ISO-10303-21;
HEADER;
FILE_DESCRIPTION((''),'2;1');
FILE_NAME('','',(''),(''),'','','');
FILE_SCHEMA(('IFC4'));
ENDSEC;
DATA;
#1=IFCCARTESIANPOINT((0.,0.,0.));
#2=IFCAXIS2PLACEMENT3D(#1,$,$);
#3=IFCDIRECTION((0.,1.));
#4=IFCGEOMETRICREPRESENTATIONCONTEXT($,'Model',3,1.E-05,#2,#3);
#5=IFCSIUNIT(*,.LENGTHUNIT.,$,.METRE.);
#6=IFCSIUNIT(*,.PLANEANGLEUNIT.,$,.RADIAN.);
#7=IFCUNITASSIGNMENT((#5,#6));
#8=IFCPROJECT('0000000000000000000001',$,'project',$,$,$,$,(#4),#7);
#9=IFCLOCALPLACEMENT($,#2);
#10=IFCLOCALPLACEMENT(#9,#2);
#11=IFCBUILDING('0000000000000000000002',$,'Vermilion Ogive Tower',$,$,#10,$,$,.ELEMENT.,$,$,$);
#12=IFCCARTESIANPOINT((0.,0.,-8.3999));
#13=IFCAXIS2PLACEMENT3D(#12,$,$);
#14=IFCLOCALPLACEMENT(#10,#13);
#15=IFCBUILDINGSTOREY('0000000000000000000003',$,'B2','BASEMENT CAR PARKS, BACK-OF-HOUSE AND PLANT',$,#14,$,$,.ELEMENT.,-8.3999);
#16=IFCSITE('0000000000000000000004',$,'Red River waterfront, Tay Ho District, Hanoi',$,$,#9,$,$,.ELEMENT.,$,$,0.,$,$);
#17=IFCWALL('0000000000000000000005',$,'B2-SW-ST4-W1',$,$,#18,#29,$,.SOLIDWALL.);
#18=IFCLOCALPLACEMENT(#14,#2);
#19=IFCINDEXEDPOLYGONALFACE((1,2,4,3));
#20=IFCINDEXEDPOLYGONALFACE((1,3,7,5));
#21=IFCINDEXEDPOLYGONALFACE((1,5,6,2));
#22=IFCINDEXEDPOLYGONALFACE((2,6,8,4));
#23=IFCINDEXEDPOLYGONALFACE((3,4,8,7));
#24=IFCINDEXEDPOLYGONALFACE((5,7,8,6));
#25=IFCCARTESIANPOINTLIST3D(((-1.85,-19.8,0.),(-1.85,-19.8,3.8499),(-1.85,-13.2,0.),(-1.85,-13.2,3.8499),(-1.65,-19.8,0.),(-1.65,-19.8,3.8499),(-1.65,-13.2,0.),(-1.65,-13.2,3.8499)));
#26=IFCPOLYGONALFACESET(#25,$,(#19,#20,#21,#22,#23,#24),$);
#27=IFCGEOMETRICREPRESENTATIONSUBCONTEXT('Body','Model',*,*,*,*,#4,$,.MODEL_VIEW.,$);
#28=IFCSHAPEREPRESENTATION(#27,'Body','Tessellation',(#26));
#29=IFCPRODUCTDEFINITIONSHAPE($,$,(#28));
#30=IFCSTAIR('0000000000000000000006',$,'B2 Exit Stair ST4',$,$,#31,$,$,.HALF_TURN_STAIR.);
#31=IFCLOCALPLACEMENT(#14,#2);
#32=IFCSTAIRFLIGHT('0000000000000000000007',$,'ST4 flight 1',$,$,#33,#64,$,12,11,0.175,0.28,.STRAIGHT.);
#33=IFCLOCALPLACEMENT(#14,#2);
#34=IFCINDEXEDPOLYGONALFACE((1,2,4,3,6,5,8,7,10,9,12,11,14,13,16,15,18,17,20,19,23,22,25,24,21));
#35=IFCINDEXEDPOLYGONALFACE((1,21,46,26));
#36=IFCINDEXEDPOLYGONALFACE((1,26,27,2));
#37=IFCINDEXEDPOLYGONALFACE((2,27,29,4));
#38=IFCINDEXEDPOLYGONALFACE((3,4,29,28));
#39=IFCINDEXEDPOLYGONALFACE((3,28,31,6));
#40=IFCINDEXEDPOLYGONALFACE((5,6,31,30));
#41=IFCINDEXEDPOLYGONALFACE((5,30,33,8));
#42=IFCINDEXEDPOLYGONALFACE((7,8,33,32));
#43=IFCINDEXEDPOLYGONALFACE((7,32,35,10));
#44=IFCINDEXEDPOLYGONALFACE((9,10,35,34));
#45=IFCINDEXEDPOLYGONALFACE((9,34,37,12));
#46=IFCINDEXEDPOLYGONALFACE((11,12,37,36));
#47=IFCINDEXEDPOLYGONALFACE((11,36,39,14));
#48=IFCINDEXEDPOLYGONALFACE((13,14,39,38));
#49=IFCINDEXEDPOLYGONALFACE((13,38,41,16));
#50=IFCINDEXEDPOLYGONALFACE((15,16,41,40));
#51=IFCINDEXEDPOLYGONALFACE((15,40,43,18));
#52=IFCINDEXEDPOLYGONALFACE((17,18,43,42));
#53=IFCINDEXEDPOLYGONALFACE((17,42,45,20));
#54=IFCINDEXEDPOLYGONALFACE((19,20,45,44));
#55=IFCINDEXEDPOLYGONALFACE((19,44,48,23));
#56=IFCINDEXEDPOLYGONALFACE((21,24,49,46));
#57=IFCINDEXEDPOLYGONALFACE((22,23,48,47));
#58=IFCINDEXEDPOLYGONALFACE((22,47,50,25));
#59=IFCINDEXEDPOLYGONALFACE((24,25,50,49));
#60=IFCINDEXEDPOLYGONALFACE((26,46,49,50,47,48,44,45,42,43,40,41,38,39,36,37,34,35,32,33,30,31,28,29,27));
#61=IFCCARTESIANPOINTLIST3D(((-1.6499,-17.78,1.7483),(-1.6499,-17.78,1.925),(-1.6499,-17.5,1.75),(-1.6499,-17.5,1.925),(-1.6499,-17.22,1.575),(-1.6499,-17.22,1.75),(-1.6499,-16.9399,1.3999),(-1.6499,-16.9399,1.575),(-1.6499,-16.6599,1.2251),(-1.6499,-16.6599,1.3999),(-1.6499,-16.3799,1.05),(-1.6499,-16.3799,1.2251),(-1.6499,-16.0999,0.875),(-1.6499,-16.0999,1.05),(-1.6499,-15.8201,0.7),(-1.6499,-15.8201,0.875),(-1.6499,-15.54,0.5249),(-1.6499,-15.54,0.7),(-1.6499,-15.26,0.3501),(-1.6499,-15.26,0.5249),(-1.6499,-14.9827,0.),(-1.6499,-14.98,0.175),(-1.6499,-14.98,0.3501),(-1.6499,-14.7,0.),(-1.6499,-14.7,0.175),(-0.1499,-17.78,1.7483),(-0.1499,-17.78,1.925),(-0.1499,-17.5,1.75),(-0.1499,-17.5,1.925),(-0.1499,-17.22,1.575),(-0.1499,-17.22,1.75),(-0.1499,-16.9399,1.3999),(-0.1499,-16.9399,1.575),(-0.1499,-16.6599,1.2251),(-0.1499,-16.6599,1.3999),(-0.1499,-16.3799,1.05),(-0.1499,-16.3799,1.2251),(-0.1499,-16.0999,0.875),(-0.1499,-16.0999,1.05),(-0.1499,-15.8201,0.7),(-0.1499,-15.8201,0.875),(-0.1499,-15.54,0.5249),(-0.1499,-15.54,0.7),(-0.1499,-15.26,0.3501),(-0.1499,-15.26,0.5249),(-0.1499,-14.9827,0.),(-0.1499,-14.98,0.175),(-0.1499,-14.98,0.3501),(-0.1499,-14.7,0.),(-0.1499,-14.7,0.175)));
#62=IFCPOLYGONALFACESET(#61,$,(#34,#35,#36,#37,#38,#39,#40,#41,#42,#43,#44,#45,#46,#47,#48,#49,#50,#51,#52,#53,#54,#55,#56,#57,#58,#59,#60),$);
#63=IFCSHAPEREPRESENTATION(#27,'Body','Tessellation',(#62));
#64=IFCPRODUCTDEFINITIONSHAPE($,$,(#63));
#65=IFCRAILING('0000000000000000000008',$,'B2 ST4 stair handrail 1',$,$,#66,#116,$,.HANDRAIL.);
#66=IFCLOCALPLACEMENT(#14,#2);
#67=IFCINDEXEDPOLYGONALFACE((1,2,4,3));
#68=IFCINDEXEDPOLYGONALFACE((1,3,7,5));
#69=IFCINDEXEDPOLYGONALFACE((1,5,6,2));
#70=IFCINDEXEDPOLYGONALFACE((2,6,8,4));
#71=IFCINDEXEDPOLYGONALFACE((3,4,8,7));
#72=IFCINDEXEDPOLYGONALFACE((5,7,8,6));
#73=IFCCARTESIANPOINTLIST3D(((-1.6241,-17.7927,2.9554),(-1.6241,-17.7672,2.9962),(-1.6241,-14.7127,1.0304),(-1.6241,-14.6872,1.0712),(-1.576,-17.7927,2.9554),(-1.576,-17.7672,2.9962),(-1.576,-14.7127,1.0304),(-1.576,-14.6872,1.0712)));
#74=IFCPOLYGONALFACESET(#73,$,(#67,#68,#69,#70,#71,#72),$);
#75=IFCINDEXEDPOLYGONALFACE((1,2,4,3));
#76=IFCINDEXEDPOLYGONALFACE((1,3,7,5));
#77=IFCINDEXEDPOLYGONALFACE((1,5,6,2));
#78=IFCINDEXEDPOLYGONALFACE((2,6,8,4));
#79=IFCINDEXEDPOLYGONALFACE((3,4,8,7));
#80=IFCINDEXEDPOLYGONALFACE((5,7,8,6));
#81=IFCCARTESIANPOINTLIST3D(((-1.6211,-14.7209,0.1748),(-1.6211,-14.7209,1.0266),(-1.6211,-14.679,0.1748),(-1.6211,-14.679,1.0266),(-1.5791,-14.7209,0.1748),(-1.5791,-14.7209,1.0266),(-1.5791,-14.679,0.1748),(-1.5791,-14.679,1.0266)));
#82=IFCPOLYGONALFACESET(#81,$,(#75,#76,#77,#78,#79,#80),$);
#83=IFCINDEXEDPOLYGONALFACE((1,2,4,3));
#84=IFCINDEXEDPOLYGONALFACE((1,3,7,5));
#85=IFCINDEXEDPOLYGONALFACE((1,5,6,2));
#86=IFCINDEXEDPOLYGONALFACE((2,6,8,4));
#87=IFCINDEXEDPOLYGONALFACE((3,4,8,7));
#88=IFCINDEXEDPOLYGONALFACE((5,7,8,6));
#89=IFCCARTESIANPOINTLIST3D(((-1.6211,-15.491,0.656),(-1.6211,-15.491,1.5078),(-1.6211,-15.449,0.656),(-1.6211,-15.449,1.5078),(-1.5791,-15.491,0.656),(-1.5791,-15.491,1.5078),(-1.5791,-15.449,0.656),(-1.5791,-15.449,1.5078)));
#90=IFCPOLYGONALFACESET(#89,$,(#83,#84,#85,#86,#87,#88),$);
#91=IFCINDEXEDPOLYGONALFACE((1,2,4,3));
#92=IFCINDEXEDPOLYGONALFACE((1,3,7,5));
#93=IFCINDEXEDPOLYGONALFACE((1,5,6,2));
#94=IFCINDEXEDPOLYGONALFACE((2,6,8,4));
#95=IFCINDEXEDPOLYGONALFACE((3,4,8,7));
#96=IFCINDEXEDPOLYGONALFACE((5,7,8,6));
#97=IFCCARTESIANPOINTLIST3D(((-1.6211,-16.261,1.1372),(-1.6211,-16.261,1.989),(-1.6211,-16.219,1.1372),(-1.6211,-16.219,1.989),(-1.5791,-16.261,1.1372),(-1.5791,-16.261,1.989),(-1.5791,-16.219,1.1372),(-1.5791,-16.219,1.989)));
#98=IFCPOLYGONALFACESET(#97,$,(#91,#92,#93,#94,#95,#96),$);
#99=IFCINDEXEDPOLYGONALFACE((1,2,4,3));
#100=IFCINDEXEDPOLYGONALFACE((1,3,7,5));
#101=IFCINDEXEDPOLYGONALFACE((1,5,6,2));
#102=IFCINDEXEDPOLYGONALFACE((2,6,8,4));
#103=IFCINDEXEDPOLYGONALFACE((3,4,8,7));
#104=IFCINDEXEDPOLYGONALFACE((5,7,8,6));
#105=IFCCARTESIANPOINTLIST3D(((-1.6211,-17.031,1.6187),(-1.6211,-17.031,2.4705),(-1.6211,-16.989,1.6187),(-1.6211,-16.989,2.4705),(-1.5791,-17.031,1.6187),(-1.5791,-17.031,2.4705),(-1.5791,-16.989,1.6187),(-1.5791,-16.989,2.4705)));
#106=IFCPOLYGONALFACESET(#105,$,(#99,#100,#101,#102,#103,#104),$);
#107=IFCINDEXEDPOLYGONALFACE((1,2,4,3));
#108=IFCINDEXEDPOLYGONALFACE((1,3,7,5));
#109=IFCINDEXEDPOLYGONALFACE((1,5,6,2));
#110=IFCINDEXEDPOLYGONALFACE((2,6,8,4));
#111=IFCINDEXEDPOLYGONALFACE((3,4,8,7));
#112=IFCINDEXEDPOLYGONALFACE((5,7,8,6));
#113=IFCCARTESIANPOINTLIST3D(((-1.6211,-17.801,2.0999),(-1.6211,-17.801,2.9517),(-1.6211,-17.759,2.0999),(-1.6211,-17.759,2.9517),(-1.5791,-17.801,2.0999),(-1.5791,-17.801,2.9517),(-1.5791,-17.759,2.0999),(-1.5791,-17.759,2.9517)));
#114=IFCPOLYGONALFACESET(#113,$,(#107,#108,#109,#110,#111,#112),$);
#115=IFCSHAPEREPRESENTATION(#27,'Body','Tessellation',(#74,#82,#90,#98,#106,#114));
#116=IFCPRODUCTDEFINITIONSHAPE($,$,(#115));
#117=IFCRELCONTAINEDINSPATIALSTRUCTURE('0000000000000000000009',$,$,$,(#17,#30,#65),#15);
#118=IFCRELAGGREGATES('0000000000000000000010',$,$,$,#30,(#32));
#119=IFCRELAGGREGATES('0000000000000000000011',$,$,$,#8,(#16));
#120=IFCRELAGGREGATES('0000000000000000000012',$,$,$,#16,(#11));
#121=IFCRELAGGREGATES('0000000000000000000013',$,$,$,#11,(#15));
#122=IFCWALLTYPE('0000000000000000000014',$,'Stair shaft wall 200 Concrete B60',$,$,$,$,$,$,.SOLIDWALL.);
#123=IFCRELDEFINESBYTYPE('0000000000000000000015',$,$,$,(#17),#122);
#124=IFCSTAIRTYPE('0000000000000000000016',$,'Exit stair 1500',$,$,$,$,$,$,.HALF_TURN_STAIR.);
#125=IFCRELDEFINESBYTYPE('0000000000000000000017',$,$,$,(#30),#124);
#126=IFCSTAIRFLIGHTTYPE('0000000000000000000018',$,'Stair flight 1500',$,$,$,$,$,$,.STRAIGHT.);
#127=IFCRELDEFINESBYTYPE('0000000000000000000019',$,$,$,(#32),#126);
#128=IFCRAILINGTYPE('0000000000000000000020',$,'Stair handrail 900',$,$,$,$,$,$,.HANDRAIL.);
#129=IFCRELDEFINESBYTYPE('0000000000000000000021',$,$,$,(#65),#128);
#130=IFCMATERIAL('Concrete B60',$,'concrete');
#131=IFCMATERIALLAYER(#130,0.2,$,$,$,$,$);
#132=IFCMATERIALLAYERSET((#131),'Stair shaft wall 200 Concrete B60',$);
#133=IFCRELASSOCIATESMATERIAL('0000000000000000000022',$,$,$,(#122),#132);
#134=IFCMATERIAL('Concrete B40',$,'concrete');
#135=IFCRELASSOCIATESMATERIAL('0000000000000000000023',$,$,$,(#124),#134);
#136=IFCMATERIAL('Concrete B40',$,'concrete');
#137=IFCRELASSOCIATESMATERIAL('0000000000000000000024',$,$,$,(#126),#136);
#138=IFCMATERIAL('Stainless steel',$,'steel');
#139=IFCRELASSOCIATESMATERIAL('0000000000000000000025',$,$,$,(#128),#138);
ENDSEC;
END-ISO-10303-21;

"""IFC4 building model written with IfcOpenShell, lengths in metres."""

from ifc_helpers import new_model, si_unit, direction, frame, frame_2d, origin, origin_2d, place, context, subcontext, project, spatial, polyline, rectangle, outline, extrude, material, layer, layer_set, type_object, element, aggregate, save


model = new_model("IFC4")

# Units and contexts
model_context = context("Model", 3, precision=1e-05, world=origin(), true_north=direction((0.0, 1.0)))
body_context = subcontext(model_context, "Body", "Model", "MODEL_VIEW")
ifc_project = project(units=[si_unit("LENGTHUNIT", "METRE"), si_unit("PLANEANGLEUNIT", "RADIAN")], contexts=[model_context])

# Site, building, storey
site_placement = place(None, origin())
site = spatial("IfcSite", under=ifc_project, at=site_placement, Name="Red River waterfront, Tay Ho District, Hanoi", CompositionType="ELEMENT", RefElevation=0.0)
building_placement = place(site_placement, origin())
building = spatial("IfcBuilding", under=site, at=building_placement, Name="Vermilion Ogive Tower", CompositionType="ELEMENT")
storey_placement = place(building_placement, frame((0.0, 0.0, -8.3999)))
storey = spatial("IfcBuildingStorey", under=building, at=storey_placement, Name="B2", Description="BASEMENT CAR PARKS, BACK-OF-HOUSE AND PLANT", CompositionType="ELEMENT", Elevation=-8.3999)

# Wall
ifc_material_1 = material(Name="Concrete B60", Category="concrete")
ifc_layer_1 = layer(ifc_material_1, 0.2)
ifc_layer_set_1 = layer_set([ifc_layer_1], Name="Stair shaft wall 200 Concrete B60")
wall_type_1 = type_object("IfcWallType", Name="Stair shaft wall 200 Concrete B60", PredefinedType="SOLIDWALL", material=ifc_layer_set_1)
wall_1_placement = place(storey_placement, frame((-1.75, -19.8, 0.0), z_axis=(0.0, 0.0, 1.0), x_axis=(0.0, 1.0, 0.0)))
element("IfcWall", 1, at=wall_1_placement, inside=storey, type_object=wall_type_1, Name="B2-SW-ST4-W1", PredefinedType="SOLIDWALL", context=body_context, shape_type="SweptSolid", body=[
    extrude(rectangle(XDim=6.6001, YDim=0.2, at=frame_2d((3.3, 0.0))), origin(), (0.0, 0.0, 1.0), 3.8499),
])

# Stair, stair flight
ifc_material_2 = material(Name="Concrete B40", Category="concrete")
stair_type = type_object("IfcStairType", Name="Exit stair 1500", PredefinedType="HALF_TURN_STAIR", material=ifc_material_2)
stair_placement = place(storey_placement, origin())
stair = element("IfcStair", 2, at=stair_placement, inside=storey, type_object=stair_type, Name="B2 Exit Stair ST4", PredefinedType="HALF_TURN_STAIR")
ifc_material_3 = material(Name="Concrete B40", Category="concrete")
stair_flight_type = type_object("IfcStairFlightType", Name="Stair flight 1500", PredefinedType="STRAIGHT", material=ifc_material_3)
stair_flight_placement = place(storey_placement, frame((-0.8999, -14.7, 0.0), z_axis=(0.0, 0.0, 1.0), x_axis=(0.0, -1.0, 0.0)))
stair_flight = element("IfcStairFlight", 3, at=stair_flight_placement, type_object=stair_flight_type, Name="ST4 flight 1", NumberOfRisers=12, NumberOfTreads=11, PredefinedType="STRAIGHT", RiserHeight=0.175, TreadLength=0.28, context=body_context, shape_type="SweptSolid", body=[
    extrude(outline(polyline([(0.0, 0.0), (0.0, 0.175), (0.28, 0.175), (0.28, 0.3501), (0.5601, 0.3501), (0.5601, 0.5249), (0.8401, 0.5249), (0.8401, 0.7), (1.1201, 0.7), (1.1201, 0.875), (1.3999, 0.875), (1.3999, 1.05), (1.6799, 1.05), (1.6799, 1.2251), (1.96, 1.2251), (1.96, 1.3999), (2.24, 1.3999), (2.24, 1.575), (2.52, 1.575), (2.52, 1.75), (2.8, 1.75), (2.8, 1.925), (3.0801, 1.925), (3.0801, 2.1001), (3.0801, 1.7483), (0.2827, 0.0), (0.0, 0.0)])), frame((0.0, 0.75, 0.0), z_axis=(0.0, -1.0, 0.0), x_axis=(1.0, 0.0, 0.0)), (0.0, 0.0, 1.0), 1.5),
])
aggregate(stair, [stair_flight])

# Railing
ifc_material_4 = material(Name="Stainless steel", Category="steel")
railing_type = type_object("IfcRailingType", Name="Stair handrail 900", PredefinedType="HANDRAIL", material=ifc_material_4)
railing_placement = place(storey_placement, frame((-1.6001, -14.7, 0.1748)))
element("IfcRailing", 4, at=railing_placement, inside=storey, type_object=railing_type, Name="B2 ST4 stair handrail 1", PredefinedType="HANDRAIL", context=body_context, shape_type="SweptSolid", body=[
    extrude(rectangle(XDim=0.0481, YDim=0.0481, at=origin_2d()), frame((0.0, 0.0, 0.876), z_axis=(0.0, -0.847998, 0.529999), x_axis=(1.0, 0.0, 0.0)), (0.0, 0.0, 1.0), 3.6321),
    extrude(rectangle(XDim=0.042, YDim=0.042, at=origin_2d()), origin(), (0.0, 0.0, 1.0), 0.8518),
    extrude(rectangle(XDim=0.042, YDim=0.042, at=origin_2d()), frame((0.0, -0.77, 0.4812)), (0.0, 0.0, 1.0), 0.8518),
    extrude(rectangle(XDim=0.042, YDim=0.042, at=origin_2d()), frame((0.0, -1.54, 0.9624)), (0.0, 0.0, 1.0), 0.8518),
    extrude(rectangle(XDim=0.042, YDim=0.042, at=origin_2d()), frame((0.0, -2.3101, 1.4438)), (0.0, 0.0, 1.0), 0.8518),
    extrude(rectangle(XDim=0.042, YDim=0.042, at=origin_2d()), frame((0.0, -3.0801, 1.925)), (0.0, 0.0, 1.0), 0.8518),
])

save(model, "model.ifc")
